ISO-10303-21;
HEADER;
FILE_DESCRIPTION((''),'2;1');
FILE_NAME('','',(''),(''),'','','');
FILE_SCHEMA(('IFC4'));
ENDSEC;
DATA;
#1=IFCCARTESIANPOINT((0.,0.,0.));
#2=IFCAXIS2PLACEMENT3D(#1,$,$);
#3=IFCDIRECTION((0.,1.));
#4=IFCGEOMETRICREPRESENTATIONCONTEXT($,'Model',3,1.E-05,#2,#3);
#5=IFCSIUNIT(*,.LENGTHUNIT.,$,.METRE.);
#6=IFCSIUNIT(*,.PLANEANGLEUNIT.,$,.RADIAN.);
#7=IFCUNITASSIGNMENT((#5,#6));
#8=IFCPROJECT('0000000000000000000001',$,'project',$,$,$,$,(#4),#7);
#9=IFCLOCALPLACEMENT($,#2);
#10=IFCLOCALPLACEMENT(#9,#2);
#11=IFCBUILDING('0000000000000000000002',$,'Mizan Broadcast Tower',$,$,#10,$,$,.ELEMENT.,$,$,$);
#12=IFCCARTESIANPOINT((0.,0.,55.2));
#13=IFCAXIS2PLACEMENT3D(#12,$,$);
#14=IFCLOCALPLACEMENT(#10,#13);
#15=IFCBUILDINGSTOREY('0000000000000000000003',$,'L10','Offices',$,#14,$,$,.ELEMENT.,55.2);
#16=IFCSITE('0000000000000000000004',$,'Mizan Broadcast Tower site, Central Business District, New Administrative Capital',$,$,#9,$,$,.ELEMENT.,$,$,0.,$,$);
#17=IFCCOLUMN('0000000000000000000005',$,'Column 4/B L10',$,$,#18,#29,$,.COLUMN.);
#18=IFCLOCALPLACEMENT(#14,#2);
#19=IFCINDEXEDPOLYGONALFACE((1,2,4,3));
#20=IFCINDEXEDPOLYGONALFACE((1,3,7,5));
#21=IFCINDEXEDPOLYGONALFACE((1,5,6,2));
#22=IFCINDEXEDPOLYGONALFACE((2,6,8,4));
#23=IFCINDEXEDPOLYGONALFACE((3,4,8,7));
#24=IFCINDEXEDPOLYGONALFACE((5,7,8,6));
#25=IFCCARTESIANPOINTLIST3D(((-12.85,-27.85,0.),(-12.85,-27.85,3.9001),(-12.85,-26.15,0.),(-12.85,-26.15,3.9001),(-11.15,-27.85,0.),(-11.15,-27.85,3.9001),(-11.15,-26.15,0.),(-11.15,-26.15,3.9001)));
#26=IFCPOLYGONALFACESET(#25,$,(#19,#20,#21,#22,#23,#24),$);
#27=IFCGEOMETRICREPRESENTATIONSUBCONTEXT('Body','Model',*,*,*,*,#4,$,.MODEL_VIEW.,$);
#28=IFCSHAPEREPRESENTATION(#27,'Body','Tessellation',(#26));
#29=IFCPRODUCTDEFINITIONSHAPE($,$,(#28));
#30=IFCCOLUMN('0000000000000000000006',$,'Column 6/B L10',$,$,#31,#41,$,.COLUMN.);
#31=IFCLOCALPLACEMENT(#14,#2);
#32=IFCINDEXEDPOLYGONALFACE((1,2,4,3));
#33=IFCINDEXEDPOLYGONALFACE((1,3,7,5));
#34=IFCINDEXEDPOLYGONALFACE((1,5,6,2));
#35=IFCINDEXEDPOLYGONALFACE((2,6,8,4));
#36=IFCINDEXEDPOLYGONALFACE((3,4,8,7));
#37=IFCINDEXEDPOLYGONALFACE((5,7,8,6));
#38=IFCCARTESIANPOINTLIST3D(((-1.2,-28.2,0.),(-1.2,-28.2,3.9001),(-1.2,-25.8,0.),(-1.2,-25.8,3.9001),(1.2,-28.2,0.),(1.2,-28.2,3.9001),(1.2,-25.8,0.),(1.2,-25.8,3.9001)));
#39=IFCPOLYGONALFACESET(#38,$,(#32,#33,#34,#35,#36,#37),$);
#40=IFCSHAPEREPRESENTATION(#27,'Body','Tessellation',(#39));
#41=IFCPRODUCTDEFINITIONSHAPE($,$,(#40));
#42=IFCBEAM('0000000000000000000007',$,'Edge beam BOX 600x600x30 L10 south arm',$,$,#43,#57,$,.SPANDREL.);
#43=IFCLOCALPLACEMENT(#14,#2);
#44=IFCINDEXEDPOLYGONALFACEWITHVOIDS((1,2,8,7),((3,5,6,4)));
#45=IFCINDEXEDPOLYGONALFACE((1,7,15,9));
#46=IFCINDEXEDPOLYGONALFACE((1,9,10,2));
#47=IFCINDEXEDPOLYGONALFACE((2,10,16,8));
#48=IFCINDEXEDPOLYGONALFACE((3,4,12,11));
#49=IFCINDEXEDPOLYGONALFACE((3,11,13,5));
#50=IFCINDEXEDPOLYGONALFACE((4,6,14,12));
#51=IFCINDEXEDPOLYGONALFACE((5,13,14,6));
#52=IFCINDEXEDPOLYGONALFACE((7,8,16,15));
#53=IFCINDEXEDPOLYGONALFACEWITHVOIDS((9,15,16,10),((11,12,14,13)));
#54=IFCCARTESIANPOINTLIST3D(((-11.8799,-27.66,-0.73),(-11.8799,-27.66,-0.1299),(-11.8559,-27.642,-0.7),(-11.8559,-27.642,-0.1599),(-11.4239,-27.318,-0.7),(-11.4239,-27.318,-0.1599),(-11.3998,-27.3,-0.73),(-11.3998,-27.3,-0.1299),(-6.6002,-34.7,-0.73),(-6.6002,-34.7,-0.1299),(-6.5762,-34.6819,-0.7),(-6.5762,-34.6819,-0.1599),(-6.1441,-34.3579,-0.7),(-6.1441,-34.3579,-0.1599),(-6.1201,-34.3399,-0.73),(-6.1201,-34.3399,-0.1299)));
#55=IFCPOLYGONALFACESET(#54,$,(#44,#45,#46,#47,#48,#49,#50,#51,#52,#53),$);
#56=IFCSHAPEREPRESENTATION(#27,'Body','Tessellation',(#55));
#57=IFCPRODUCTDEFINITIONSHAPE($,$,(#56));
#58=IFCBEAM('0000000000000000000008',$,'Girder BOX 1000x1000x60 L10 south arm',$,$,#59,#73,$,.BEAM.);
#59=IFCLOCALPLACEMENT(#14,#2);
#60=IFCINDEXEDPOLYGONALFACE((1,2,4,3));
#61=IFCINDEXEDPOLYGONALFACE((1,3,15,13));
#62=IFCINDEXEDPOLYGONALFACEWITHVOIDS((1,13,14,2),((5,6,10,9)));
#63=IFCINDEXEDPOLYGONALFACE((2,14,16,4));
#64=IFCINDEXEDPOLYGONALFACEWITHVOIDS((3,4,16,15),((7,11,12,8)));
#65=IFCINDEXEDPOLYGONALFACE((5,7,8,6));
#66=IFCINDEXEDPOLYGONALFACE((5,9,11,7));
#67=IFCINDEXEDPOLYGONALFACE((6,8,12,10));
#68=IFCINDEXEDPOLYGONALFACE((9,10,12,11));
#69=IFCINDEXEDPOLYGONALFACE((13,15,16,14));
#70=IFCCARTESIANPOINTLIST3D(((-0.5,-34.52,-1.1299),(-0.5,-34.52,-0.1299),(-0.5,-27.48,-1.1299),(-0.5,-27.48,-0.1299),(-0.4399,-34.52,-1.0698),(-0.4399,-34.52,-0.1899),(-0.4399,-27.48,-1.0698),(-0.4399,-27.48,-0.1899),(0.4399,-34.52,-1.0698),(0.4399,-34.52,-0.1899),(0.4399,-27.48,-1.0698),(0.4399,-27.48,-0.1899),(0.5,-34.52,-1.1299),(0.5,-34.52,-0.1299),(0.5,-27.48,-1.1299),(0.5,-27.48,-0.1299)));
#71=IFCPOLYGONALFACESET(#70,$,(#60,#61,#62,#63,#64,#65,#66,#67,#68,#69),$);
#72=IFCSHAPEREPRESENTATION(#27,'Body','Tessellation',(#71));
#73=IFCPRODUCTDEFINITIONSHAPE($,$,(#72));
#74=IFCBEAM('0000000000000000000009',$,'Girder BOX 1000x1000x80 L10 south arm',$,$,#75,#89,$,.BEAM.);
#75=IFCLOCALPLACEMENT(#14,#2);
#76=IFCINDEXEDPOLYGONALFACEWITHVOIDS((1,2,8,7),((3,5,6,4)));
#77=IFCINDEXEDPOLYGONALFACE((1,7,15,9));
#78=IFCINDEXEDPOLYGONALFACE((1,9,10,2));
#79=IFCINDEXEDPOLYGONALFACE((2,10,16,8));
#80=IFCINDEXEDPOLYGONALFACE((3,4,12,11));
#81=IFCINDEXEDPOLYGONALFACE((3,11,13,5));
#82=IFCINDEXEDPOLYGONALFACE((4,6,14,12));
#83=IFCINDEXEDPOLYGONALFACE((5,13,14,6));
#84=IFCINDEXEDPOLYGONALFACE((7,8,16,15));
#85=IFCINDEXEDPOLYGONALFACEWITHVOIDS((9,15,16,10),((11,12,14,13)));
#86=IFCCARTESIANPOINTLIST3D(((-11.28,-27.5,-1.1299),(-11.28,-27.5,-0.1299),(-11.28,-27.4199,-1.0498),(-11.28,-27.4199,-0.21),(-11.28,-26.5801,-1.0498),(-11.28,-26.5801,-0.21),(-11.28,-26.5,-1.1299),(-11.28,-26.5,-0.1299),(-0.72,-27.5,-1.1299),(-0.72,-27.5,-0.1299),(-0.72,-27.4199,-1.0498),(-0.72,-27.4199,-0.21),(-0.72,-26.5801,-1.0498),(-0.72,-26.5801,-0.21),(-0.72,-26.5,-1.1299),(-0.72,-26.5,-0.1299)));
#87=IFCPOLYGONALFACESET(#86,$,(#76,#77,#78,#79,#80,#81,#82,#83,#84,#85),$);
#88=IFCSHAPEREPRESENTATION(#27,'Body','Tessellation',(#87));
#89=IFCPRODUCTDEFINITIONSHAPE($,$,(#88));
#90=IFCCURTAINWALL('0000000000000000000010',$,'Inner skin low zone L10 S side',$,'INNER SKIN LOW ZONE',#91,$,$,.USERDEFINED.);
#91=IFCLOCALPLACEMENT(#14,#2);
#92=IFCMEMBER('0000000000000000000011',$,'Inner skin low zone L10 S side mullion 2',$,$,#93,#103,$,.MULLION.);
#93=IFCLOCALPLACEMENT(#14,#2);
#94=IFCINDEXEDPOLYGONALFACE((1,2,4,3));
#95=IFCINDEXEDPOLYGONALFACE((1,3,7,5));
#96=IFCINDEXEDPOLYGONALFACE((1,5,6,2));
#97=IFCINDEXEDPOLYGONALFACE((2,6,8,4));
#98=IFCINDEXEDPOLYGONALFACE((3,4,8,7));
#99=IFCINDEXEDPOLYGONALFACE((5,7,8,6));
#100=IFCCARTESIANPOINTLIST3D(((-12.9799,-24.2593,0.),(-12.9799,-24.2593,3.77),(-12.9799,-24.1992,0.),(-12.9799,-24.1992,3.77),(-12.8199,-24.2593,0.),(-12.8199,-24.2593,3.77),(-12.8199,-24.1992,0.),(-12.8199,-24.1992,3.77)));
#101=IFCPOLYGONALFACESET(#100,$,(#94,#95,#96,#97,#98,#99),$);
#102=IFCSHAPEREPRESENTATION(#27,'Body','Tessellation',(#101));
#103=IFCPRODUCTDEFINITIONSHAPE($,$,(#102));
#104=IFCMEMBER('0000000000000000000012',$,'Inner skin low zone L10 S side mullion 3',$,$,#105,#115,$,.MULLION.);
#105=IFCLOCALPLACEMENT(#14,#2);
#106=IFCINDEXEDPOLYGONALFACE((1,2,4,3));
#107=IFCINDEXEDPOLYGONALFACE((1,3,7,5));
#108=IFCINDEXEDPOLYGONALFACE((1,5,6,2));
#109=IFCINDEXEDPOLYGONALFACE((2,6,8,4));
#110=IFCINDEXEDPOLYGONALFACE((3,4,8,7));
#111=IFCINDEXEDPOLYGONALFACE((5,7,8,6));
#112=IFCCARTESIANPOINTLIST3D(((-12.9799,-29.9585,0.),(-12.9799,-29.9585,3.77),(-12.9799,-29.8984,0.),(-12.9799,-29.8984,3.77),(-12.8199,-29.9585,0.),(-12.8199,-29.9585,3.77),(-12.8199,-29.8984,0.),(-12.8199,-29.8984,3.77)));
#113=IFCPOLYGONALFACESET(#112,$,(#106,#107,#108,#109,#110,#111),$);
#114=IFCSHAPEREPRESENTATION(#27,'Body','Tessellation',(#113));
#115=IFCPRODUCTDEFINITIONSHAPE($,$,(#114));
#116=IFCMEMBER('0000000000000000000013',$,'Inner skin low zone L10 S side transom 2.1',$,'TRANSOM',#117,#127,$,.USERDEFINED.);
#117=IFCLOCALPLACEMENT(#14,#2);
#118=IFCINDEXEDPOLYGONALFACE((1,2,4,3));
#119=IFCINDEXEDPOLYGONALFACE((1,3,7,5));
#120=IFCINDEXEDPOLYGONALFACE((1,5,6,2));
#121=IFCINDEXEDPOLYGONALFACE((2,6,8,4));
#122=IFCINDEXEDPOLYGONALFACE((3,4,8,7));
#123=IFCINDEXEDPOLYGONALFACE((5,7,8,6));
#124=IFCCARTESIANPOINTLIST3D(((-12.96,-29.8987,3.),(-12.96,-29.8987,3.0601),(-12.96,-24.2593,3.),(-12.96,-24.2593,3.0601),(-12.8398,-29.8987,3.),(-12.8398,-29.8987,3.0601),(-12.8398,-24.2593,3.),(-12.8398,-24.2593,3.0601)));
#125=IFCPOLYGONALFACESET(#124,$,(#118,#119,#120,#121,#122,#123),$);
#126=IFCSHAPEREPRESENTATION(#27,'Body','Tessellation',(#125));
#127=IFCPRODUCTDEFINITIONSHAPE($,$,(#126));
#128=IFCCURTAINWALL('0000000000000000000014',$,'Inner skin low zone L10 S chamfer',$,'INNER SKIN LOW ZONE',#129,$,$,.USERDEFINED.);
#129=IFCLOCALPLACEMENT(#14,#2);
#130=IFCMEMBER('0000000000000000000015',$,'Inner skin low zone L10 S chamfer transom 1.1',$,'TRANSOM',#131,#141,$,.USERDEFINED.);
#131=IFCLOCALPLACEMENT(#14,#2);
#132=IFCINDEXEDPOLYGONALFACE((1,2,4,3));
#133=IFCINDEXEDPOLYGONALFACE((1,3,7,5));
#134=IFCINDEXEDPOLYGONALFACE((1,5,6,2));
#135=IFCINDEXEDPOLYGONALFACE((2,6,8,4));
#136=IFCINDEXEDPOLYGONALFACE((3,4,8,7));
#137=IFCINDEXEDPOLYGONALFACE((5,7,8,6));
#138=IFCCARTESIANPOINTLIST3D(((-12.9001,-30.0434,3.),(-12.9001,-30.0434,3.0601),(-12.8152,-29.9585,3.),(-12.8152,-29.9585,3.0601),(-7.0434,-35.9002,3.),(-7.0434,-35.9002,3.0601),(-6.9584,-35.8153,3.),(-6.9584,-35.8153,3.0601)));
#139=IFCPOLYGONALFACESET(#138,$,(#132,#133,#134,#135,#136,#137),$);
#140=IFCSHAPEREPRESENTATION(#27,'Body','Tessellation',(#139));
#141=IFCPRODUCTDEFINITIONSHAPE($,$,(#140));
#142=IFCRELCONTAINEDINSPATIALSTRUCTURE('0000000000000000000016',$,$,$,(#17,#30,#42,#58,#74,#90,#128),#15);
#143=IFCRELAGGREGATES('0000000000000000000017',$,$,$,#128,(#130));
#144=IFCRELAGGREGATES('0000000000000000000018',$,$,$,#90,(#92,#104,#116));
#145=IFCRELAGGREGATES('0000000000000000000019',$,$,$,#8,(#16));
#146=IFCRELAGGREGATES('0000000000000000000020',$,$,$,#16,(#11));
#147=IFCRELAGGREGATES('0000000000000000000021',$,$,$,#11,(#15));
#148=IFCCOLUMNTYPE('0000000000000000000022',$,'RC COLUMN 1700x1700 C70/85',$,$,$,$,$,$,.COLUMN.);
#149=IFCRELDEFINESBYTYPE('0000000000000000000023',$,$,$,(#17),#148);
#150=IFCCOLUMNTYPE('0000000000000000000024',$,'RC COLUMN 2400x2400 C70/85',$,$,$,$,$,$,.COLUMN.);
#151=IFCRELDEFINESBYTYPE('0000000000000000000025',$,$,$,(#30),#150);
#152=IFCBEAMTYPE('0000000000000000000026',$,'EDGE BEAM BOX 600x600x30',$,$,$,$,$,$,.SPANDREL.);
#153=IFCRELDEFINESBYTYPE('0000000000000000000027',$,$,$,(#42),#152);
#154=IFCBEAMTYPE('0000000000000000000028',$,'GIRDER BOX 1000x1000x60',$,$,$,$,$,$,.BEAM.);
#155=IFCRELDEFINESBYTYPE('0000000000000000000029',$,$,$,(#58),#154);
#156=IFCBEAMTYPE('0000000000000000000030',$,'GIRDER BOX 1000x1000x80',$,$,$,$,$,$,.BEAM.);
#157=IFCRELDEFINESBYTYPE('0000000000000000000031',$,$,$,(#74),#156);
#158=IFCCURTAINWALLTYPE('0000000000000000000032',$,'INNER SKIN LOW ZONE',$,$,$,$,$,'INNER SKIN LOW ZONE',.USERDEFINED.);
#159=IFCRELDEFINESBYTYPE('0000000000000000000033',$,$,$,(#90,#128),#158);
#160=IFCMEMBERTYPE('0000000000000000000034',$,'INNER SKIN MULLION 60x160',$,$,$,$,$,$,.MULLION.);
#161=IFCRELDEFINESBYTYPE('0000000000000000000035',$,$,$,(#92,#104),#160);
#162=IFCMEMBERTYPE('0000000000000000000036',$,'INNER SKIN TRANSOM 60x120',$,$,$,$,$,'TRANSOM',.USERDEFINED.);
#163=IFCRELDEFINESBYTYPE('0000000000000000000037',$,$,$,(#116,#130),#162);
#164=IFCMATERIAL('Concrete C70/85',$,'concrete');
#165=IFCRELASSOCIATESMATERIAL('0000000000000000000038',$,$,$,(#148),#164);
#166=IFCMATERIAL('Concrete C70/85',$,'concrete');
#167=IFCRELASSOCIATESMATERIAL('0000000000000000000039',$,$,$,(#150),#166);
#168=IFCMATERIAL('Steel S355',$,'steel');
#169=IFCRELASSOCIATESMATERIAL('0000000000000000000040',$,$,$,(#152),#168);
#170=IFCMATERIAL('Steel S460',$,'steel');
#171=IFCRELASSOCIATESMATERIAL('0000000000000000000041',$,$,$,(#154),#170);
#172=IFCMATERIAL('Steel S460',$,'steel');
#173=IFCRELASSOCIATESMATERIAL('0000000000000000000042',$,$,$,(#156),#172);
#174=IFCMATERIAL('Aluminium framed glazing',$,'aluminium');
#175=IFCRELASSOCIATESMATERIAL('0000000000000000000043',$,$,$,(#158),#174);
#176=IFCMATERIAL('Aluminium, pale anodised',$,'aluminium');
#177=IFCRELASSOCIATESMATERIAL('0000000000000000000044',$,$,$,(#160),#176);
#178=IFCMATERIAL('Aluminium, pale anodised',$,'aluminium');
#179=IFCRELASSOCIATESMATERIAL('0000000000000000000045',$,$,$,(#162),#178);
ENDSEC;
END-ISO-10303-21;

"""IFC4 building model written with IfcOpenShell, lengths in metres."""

from ifc_helpers import new_model, si_unit, direction, frame, origin, origin_2d, place, context, subcontext, project, spatial, rectangle, hollow_rectangle, extrude, material, material_profile, profile_set, type_object, element, aggregate, save


model = new_model("IFC4")

# Units and contexts
model_context = context("Model", 3, precision=1e-05, world=origin(), true_north=direction((0.0, 1.0)))
body_context = subcontext(model_context, "Body", "Model", "MODEL_VIEW")
ifc_project = project(units=[si_unit("LENGTHUNIT", "METRE"), si_unit("PLANEANGLEUNIT", "RADIAN")], contexts=[model_context])

# Site, building, storey
site_placement = place(None, origin())
site = spatial("IfcSite", under=ifc_project, at=site_placement, Name="Mizan Broadcast Tower site, Central Business District, New Administrative Capital", CompositionType="ELEMENT", RefElevation=0.0)
building_placement = place(site_placement, origin())
building = spatial("IfcBuilding", under=site, at=building_placement, Name="Mizan Broadcast Tower", CompositionType="ELEMENT")
storey_placement = place(building_placement, frame((0.0, 0.0, 55.2)))
storey = spatial("IfcBuildingStorey", under=building, at=storey_placement, Name="L10", Description="Offices", CompositionType="ELEMENT", Elevation=55.2)

# Columns
ifc_material_1 = material(Name="Concrete C70/85", Category="concrete")
ifc_material_profile_1 = material_profile(ifc_material_1, rectangle(XDim=1.7, YDim=1.7, at=origin_2d()), Name="RC 1700x1700")
ifc_profile_set_1 = profile_set([ifc_material_profile_1], Name="Concrete C70/85")
column_type_1 = type_object("IfcColumnType", Name="RC COLUMN 1700x1700 C70/85", PredefinedType="COLUMN", material=ifc_profile_set_1)
column_1_placement = place(storey_placement, frame((-12.0, -27.0, 0.0), z_axis=(0.0, 0.0, 1.0), x_axis=(1.0, 0.0, 0.0)))
element("IfcColumn", 1, at=column_1_placement, inside=storey, type_object=column_type_1, Name="Column 4/B L10", PredefinedType="COLUMN", context=body_context, shape_type="SweptSolid", body=[
    extrude(rectangle(XDim=1.7, YDim=1.7, at=origin_2d()), origin(), (0.0, 0.0, 1.0), 3.9001),
])
ifc_material_2 = material(Name="Concrete C70/85", Category="concrete")
ifc_material_profile_2 = material_profile(ifc_material_2, rectangle(XDim=2.3999, YDim=2.3999, at=origin_2d()), Name="RC 2400x2400")
ifc_profile_set_2 = profile_set([ifc_material_profile_2], Name="Concrete C70/85")
column_type_2 = type_object("IfcColumnType", Name="RC COLUMN 2400x2400 C70/85", PredefinedType="COLUMN", material=ifc_profile_set_2)
column_2_placement = place(storey_placement, frame((0.0, -27.0, 0.0), z_axis=(0.0, 0.0, 1.0), x_axis=(1.0, 0.0, 0.0)))
element("IfcColumn", 2, at=column_2_placement, inside=storey, type_object=column_type_2, Name="Column 6/B L10", PredefinedType="COLUMN", context=body_context, shape_type="SweptSolid", body=[
    extrude(rectangle(XDim=2.3999, YDim=2.3999, at=origin_2d()), origin(), (0.0, 0.0, 1.0), 3.9001),
])

# Beams
ifc_material_3 = material(Name="Steel S355", Category="steel")
ifc_material_profile_3 = material_profile(ifc_material_3, hollow_rectangle(XDim=0.6001, YDim=0.6001, WallThickness=0.03, at=origin_2d()), Name="BOX 600x600x30")
ifc_profile_set_3 = profile_set([ifc_material_profile_3], Name="Steel S355")
beam_type_1 = type_object("IfcBeamType", Name="EDGE BEAM BOX 600x600x30", PredefinedType="SPANDREL", material=ifc_profile_set_3)
beam_1_placement = place(storey_placement, frame((-11.6399, -27.48, -0.4299), z_axis=(0.599982, -0.800013, 0.0), x_axis=(0.800013, 0.599982, 0.0)))
element("IfcBeam", 3, at=beam_1_placement, inside=storey, type_object=beam_type_1, Name="Edge beam BOX 600x600x30 L10 south arm", PredefinedType="SPANDREL", context=body_context, shape_type="SweptSolid", body=[
    extrude(hollow_rectangle(XDim=0.6001, YDim=0.6001, WallThickness=0.03, at=origin_2d()), origin(), (0.0, 0.0, 1.0), 8.7998),
])
ifc_material_4 = material(Name="Steel S460", Category="steel")
ifc_material_profile_4 = material_profile(ifc_material_4, hollow_rectangle(XDim=1.0, YDim=1.0, WallThickness=0.0601, at=origin_2d()), Name="BOX 1000x1000x60")
ifc_profile_set_4 = profile_set([ifc_material_profile_4], Name="Steel S460")
beam_type_2 = type_object("IfcBeamType", Name="GIRDER BOX 1000x1000x60", PredefinedType="BEAM", material=ifc_profile_set_4)
beam_2_placement = place(storey_placement, frame((0.0, -27.48, -0.6299), z_axis=(0.0, -1.0, 0.0), x_axis=(1.0, 0.0, 0.0)))
element("IfcBeam", 4, at=beam_2_placement, inside=storey, type_object=beam_type_2, Name="Girder BOX 1000x1000x60 L10 south arm", PredefinedType="BEAM", context=body_context, shape_type="SweptSolid", body=[
    extrude(hollow_rectangle(XDim=1.0, YDim=1.0, WallThickness=0.0601, at=origin_2d()), origin(), (0.0, 0.0, 1.0), 7.04),
])
ifc_material_5 = material(Name="Steel S460", Category="steel")
ifc_material_profile_5 = material_profile(ifc_material_5, hollow_rectangle(XDim=1.0, YDim=1.0, WallThickness=0.0801, at=origin_2d()), Name="BOX 1000x1000x80")
ifc_profile_set_5 = profile_set([ifc_material_profile_5], Name="Steel S460")
beam_type_3 = type_object("IfcBeamType", Name="GIRDER BOX 1000x1000x80", PredefinedType="BEAM", material=ifc_profile_set_5)
beam_3_placement = place(storey_placement, frame((-11.28, -27.0, -0.6299), z_axis=(1.0, 0.0, 0.0), x_axis=(0.0, 1.0, 0.0)))
element("IfcBeam", 5, at=beam_3_placement, inside=storey, type_object=beam_type_3, Name="Girder BOX 1000x1000x80 L10 south arm", PredefinedType="BEAM", context=body_context, shape_type="SweptSolid", body=[
    extrude(hollow_rectangle(XDim=1.0, YDim=1.0, WallThickness=0.0801, at=origin_2d()), origin(), (0.0, 0.0, 1.0), 10.5601),
])

# Curtain wall, members
ifc_material_6 = material(Name="Aluminium framed glazing", Category="aluminium")
curtain_wall_type_1 = type_object("IfcCurtainWallType", Name="INNER SKIN LOW ZONE", ElementType="INNER SKIN LOW ZONE", PredefinedType="USERDEFINED", material=ifc_material_6)
curtain_wall_1_placement = place(storey_placement, origin())
curtain_wall_1 = element("IfcCurtainWall", 6, at=curtain_wall_1_placement, inside=storey, type_object=curtain_wall_type_1, Name="Inner skin low zone L10 S side", ObjectType="INNER SKIN LOW ZONE", PredefinedType="USERDEFINED")
ifc_material_7 = material(Name="Aluminium, pale anodised", Category="aluminium")
ifc_material_profile_6 = material_profile(ifc_material_7, rectangle(XDim=0.1599, YDim=0.0601, at=origin_2d()), Name="MULLION 160x60")
ifc_profile_set_6 = profile_set([ifc_material_profile_6], Name="Aluminium, pale anodised")
member_type_1 = type_object("IfcMemberType", Name="INNER SKIN MULLION 60x160", PredefinedType="MULLION", material=ifc_profile_set_6)
member_1_placement = place(storey_placement, frame((-12.8999, -24.2292, 0.0), z_axis=(0.0, 0.0, 1.0), x_axis=(1.0, 0.0, 0.0)))
member_1 = element("IfcMember", 7, at=member_1_placement, type_object=member_type_1, Name="Inner skin low zone L10 S side mullion 2", PredefinedType="MULLION", context=body_context, shape_type="SweptSolid", body=[
    extrude(rectangle(XDim=0.1599, YDim=0.0601, at=origin_2d()), origin(), (0.0, 0.0, 1.0), 3.77),
])
member_2_placement = place(storey_placement, frame((-12.8999, -29.9285, 0.0), z_axis=(0.0, 0.0, 1.0), x_axis=(1.0, 0.0, 0.0)))
member_2 = element("IfcMember", 8, at=member_2_placement, type_object=member_type_1, Name="Inner skin low zone L10 S side mullion 3", PredefinedType="MULLION", context=body_context, shape_type="SweptSolid", body=[
    extrude(rectangle(XDim=0.1599, YDim=0.0601, at=origin_2d()), origin(), (0.0, 0.0, 1.0), 3.77),
])
ifc_material_8 = material(Name="Aluminium, pale anodised", Category="aluminium")
ifc_material_profile_7 = material_profile(ifc_material_8, rectangle(XDim=0.1201, YDim=0.0601, at=origin_2d()), Name="TRANSOM 120x60")
ifc_profile_set_7 = profile_set([ifc_material_profile_7], Name="Aluminium, pale anodised")
member_type_2 = type_object("IfcMemberType", Name="INNER SKIN TRANSOM 60x120", ElementType="TRANSOM", PredefinedType="USERDEFINED", material=ifc_profile_set_7)
member_3_placement = place(storey_placement, frame((-12.8999, -24.2593, 3.03), z_axis=(0.0, -1.0, 0.0), x_axis=(1.0, 0.0, 0.0)))
member_3 = element("IfcMember", 9, at=member_3_placement, type_object=member_type_2, Name="Inner skin low zone L10 S side transom 2.1", ObjectType="TRANSOM", PredefinedType="USERDEFINED", context=body_context, shape_type="SweptSolid", body=[
    extrude(rectangle(XDim=0.1201, YDim=0.0601, at=origin_2d()), origin(), (0.0, 0.0, 1.0), 5.6394),
])

# Curtain wall, member
curtain_wall_2_placement = place(storey_placement, origin())
curtain_wall_2 = element("IfcCurtainWall", 10, at=curtain_wall_2_placement, inside=storey, type_object=curtain_wall_type_1, Name="Inner skin low zone L10 S chamfer", ObjectType="INNER SKIN LOW ZONE", PredefinedType="USERDEFINED")
member_4_placement = place(storey_placement, frame((-12.8577, -30.001, 3.03), z_axis=(0.707107, -0.707107, 0.0), x_axis=(0.707107, 0.707107, 0.0)))
member_4 = element("IfcMember", 11, at=member_4_placement, type_object=member_type_2, Name="Inner skin low zone L10 S chamfer transom 1.1", ObjectType="TRANSOM", PredefinedType="USERDEFINED", context=body_context, shape_type="SweptSolid", body=[
    extrude(rectangle(XDim=0.1201, YDim=0.0601, at=origin_2d()), origin(), (0.0, 0.0, 1.0), 8.2827),
])
aggregate(curtain_wall_2, [member_4])

aggregate(curtain_wall_1, [member_1, member_2, member_3])

save(model, "model.ifc")
